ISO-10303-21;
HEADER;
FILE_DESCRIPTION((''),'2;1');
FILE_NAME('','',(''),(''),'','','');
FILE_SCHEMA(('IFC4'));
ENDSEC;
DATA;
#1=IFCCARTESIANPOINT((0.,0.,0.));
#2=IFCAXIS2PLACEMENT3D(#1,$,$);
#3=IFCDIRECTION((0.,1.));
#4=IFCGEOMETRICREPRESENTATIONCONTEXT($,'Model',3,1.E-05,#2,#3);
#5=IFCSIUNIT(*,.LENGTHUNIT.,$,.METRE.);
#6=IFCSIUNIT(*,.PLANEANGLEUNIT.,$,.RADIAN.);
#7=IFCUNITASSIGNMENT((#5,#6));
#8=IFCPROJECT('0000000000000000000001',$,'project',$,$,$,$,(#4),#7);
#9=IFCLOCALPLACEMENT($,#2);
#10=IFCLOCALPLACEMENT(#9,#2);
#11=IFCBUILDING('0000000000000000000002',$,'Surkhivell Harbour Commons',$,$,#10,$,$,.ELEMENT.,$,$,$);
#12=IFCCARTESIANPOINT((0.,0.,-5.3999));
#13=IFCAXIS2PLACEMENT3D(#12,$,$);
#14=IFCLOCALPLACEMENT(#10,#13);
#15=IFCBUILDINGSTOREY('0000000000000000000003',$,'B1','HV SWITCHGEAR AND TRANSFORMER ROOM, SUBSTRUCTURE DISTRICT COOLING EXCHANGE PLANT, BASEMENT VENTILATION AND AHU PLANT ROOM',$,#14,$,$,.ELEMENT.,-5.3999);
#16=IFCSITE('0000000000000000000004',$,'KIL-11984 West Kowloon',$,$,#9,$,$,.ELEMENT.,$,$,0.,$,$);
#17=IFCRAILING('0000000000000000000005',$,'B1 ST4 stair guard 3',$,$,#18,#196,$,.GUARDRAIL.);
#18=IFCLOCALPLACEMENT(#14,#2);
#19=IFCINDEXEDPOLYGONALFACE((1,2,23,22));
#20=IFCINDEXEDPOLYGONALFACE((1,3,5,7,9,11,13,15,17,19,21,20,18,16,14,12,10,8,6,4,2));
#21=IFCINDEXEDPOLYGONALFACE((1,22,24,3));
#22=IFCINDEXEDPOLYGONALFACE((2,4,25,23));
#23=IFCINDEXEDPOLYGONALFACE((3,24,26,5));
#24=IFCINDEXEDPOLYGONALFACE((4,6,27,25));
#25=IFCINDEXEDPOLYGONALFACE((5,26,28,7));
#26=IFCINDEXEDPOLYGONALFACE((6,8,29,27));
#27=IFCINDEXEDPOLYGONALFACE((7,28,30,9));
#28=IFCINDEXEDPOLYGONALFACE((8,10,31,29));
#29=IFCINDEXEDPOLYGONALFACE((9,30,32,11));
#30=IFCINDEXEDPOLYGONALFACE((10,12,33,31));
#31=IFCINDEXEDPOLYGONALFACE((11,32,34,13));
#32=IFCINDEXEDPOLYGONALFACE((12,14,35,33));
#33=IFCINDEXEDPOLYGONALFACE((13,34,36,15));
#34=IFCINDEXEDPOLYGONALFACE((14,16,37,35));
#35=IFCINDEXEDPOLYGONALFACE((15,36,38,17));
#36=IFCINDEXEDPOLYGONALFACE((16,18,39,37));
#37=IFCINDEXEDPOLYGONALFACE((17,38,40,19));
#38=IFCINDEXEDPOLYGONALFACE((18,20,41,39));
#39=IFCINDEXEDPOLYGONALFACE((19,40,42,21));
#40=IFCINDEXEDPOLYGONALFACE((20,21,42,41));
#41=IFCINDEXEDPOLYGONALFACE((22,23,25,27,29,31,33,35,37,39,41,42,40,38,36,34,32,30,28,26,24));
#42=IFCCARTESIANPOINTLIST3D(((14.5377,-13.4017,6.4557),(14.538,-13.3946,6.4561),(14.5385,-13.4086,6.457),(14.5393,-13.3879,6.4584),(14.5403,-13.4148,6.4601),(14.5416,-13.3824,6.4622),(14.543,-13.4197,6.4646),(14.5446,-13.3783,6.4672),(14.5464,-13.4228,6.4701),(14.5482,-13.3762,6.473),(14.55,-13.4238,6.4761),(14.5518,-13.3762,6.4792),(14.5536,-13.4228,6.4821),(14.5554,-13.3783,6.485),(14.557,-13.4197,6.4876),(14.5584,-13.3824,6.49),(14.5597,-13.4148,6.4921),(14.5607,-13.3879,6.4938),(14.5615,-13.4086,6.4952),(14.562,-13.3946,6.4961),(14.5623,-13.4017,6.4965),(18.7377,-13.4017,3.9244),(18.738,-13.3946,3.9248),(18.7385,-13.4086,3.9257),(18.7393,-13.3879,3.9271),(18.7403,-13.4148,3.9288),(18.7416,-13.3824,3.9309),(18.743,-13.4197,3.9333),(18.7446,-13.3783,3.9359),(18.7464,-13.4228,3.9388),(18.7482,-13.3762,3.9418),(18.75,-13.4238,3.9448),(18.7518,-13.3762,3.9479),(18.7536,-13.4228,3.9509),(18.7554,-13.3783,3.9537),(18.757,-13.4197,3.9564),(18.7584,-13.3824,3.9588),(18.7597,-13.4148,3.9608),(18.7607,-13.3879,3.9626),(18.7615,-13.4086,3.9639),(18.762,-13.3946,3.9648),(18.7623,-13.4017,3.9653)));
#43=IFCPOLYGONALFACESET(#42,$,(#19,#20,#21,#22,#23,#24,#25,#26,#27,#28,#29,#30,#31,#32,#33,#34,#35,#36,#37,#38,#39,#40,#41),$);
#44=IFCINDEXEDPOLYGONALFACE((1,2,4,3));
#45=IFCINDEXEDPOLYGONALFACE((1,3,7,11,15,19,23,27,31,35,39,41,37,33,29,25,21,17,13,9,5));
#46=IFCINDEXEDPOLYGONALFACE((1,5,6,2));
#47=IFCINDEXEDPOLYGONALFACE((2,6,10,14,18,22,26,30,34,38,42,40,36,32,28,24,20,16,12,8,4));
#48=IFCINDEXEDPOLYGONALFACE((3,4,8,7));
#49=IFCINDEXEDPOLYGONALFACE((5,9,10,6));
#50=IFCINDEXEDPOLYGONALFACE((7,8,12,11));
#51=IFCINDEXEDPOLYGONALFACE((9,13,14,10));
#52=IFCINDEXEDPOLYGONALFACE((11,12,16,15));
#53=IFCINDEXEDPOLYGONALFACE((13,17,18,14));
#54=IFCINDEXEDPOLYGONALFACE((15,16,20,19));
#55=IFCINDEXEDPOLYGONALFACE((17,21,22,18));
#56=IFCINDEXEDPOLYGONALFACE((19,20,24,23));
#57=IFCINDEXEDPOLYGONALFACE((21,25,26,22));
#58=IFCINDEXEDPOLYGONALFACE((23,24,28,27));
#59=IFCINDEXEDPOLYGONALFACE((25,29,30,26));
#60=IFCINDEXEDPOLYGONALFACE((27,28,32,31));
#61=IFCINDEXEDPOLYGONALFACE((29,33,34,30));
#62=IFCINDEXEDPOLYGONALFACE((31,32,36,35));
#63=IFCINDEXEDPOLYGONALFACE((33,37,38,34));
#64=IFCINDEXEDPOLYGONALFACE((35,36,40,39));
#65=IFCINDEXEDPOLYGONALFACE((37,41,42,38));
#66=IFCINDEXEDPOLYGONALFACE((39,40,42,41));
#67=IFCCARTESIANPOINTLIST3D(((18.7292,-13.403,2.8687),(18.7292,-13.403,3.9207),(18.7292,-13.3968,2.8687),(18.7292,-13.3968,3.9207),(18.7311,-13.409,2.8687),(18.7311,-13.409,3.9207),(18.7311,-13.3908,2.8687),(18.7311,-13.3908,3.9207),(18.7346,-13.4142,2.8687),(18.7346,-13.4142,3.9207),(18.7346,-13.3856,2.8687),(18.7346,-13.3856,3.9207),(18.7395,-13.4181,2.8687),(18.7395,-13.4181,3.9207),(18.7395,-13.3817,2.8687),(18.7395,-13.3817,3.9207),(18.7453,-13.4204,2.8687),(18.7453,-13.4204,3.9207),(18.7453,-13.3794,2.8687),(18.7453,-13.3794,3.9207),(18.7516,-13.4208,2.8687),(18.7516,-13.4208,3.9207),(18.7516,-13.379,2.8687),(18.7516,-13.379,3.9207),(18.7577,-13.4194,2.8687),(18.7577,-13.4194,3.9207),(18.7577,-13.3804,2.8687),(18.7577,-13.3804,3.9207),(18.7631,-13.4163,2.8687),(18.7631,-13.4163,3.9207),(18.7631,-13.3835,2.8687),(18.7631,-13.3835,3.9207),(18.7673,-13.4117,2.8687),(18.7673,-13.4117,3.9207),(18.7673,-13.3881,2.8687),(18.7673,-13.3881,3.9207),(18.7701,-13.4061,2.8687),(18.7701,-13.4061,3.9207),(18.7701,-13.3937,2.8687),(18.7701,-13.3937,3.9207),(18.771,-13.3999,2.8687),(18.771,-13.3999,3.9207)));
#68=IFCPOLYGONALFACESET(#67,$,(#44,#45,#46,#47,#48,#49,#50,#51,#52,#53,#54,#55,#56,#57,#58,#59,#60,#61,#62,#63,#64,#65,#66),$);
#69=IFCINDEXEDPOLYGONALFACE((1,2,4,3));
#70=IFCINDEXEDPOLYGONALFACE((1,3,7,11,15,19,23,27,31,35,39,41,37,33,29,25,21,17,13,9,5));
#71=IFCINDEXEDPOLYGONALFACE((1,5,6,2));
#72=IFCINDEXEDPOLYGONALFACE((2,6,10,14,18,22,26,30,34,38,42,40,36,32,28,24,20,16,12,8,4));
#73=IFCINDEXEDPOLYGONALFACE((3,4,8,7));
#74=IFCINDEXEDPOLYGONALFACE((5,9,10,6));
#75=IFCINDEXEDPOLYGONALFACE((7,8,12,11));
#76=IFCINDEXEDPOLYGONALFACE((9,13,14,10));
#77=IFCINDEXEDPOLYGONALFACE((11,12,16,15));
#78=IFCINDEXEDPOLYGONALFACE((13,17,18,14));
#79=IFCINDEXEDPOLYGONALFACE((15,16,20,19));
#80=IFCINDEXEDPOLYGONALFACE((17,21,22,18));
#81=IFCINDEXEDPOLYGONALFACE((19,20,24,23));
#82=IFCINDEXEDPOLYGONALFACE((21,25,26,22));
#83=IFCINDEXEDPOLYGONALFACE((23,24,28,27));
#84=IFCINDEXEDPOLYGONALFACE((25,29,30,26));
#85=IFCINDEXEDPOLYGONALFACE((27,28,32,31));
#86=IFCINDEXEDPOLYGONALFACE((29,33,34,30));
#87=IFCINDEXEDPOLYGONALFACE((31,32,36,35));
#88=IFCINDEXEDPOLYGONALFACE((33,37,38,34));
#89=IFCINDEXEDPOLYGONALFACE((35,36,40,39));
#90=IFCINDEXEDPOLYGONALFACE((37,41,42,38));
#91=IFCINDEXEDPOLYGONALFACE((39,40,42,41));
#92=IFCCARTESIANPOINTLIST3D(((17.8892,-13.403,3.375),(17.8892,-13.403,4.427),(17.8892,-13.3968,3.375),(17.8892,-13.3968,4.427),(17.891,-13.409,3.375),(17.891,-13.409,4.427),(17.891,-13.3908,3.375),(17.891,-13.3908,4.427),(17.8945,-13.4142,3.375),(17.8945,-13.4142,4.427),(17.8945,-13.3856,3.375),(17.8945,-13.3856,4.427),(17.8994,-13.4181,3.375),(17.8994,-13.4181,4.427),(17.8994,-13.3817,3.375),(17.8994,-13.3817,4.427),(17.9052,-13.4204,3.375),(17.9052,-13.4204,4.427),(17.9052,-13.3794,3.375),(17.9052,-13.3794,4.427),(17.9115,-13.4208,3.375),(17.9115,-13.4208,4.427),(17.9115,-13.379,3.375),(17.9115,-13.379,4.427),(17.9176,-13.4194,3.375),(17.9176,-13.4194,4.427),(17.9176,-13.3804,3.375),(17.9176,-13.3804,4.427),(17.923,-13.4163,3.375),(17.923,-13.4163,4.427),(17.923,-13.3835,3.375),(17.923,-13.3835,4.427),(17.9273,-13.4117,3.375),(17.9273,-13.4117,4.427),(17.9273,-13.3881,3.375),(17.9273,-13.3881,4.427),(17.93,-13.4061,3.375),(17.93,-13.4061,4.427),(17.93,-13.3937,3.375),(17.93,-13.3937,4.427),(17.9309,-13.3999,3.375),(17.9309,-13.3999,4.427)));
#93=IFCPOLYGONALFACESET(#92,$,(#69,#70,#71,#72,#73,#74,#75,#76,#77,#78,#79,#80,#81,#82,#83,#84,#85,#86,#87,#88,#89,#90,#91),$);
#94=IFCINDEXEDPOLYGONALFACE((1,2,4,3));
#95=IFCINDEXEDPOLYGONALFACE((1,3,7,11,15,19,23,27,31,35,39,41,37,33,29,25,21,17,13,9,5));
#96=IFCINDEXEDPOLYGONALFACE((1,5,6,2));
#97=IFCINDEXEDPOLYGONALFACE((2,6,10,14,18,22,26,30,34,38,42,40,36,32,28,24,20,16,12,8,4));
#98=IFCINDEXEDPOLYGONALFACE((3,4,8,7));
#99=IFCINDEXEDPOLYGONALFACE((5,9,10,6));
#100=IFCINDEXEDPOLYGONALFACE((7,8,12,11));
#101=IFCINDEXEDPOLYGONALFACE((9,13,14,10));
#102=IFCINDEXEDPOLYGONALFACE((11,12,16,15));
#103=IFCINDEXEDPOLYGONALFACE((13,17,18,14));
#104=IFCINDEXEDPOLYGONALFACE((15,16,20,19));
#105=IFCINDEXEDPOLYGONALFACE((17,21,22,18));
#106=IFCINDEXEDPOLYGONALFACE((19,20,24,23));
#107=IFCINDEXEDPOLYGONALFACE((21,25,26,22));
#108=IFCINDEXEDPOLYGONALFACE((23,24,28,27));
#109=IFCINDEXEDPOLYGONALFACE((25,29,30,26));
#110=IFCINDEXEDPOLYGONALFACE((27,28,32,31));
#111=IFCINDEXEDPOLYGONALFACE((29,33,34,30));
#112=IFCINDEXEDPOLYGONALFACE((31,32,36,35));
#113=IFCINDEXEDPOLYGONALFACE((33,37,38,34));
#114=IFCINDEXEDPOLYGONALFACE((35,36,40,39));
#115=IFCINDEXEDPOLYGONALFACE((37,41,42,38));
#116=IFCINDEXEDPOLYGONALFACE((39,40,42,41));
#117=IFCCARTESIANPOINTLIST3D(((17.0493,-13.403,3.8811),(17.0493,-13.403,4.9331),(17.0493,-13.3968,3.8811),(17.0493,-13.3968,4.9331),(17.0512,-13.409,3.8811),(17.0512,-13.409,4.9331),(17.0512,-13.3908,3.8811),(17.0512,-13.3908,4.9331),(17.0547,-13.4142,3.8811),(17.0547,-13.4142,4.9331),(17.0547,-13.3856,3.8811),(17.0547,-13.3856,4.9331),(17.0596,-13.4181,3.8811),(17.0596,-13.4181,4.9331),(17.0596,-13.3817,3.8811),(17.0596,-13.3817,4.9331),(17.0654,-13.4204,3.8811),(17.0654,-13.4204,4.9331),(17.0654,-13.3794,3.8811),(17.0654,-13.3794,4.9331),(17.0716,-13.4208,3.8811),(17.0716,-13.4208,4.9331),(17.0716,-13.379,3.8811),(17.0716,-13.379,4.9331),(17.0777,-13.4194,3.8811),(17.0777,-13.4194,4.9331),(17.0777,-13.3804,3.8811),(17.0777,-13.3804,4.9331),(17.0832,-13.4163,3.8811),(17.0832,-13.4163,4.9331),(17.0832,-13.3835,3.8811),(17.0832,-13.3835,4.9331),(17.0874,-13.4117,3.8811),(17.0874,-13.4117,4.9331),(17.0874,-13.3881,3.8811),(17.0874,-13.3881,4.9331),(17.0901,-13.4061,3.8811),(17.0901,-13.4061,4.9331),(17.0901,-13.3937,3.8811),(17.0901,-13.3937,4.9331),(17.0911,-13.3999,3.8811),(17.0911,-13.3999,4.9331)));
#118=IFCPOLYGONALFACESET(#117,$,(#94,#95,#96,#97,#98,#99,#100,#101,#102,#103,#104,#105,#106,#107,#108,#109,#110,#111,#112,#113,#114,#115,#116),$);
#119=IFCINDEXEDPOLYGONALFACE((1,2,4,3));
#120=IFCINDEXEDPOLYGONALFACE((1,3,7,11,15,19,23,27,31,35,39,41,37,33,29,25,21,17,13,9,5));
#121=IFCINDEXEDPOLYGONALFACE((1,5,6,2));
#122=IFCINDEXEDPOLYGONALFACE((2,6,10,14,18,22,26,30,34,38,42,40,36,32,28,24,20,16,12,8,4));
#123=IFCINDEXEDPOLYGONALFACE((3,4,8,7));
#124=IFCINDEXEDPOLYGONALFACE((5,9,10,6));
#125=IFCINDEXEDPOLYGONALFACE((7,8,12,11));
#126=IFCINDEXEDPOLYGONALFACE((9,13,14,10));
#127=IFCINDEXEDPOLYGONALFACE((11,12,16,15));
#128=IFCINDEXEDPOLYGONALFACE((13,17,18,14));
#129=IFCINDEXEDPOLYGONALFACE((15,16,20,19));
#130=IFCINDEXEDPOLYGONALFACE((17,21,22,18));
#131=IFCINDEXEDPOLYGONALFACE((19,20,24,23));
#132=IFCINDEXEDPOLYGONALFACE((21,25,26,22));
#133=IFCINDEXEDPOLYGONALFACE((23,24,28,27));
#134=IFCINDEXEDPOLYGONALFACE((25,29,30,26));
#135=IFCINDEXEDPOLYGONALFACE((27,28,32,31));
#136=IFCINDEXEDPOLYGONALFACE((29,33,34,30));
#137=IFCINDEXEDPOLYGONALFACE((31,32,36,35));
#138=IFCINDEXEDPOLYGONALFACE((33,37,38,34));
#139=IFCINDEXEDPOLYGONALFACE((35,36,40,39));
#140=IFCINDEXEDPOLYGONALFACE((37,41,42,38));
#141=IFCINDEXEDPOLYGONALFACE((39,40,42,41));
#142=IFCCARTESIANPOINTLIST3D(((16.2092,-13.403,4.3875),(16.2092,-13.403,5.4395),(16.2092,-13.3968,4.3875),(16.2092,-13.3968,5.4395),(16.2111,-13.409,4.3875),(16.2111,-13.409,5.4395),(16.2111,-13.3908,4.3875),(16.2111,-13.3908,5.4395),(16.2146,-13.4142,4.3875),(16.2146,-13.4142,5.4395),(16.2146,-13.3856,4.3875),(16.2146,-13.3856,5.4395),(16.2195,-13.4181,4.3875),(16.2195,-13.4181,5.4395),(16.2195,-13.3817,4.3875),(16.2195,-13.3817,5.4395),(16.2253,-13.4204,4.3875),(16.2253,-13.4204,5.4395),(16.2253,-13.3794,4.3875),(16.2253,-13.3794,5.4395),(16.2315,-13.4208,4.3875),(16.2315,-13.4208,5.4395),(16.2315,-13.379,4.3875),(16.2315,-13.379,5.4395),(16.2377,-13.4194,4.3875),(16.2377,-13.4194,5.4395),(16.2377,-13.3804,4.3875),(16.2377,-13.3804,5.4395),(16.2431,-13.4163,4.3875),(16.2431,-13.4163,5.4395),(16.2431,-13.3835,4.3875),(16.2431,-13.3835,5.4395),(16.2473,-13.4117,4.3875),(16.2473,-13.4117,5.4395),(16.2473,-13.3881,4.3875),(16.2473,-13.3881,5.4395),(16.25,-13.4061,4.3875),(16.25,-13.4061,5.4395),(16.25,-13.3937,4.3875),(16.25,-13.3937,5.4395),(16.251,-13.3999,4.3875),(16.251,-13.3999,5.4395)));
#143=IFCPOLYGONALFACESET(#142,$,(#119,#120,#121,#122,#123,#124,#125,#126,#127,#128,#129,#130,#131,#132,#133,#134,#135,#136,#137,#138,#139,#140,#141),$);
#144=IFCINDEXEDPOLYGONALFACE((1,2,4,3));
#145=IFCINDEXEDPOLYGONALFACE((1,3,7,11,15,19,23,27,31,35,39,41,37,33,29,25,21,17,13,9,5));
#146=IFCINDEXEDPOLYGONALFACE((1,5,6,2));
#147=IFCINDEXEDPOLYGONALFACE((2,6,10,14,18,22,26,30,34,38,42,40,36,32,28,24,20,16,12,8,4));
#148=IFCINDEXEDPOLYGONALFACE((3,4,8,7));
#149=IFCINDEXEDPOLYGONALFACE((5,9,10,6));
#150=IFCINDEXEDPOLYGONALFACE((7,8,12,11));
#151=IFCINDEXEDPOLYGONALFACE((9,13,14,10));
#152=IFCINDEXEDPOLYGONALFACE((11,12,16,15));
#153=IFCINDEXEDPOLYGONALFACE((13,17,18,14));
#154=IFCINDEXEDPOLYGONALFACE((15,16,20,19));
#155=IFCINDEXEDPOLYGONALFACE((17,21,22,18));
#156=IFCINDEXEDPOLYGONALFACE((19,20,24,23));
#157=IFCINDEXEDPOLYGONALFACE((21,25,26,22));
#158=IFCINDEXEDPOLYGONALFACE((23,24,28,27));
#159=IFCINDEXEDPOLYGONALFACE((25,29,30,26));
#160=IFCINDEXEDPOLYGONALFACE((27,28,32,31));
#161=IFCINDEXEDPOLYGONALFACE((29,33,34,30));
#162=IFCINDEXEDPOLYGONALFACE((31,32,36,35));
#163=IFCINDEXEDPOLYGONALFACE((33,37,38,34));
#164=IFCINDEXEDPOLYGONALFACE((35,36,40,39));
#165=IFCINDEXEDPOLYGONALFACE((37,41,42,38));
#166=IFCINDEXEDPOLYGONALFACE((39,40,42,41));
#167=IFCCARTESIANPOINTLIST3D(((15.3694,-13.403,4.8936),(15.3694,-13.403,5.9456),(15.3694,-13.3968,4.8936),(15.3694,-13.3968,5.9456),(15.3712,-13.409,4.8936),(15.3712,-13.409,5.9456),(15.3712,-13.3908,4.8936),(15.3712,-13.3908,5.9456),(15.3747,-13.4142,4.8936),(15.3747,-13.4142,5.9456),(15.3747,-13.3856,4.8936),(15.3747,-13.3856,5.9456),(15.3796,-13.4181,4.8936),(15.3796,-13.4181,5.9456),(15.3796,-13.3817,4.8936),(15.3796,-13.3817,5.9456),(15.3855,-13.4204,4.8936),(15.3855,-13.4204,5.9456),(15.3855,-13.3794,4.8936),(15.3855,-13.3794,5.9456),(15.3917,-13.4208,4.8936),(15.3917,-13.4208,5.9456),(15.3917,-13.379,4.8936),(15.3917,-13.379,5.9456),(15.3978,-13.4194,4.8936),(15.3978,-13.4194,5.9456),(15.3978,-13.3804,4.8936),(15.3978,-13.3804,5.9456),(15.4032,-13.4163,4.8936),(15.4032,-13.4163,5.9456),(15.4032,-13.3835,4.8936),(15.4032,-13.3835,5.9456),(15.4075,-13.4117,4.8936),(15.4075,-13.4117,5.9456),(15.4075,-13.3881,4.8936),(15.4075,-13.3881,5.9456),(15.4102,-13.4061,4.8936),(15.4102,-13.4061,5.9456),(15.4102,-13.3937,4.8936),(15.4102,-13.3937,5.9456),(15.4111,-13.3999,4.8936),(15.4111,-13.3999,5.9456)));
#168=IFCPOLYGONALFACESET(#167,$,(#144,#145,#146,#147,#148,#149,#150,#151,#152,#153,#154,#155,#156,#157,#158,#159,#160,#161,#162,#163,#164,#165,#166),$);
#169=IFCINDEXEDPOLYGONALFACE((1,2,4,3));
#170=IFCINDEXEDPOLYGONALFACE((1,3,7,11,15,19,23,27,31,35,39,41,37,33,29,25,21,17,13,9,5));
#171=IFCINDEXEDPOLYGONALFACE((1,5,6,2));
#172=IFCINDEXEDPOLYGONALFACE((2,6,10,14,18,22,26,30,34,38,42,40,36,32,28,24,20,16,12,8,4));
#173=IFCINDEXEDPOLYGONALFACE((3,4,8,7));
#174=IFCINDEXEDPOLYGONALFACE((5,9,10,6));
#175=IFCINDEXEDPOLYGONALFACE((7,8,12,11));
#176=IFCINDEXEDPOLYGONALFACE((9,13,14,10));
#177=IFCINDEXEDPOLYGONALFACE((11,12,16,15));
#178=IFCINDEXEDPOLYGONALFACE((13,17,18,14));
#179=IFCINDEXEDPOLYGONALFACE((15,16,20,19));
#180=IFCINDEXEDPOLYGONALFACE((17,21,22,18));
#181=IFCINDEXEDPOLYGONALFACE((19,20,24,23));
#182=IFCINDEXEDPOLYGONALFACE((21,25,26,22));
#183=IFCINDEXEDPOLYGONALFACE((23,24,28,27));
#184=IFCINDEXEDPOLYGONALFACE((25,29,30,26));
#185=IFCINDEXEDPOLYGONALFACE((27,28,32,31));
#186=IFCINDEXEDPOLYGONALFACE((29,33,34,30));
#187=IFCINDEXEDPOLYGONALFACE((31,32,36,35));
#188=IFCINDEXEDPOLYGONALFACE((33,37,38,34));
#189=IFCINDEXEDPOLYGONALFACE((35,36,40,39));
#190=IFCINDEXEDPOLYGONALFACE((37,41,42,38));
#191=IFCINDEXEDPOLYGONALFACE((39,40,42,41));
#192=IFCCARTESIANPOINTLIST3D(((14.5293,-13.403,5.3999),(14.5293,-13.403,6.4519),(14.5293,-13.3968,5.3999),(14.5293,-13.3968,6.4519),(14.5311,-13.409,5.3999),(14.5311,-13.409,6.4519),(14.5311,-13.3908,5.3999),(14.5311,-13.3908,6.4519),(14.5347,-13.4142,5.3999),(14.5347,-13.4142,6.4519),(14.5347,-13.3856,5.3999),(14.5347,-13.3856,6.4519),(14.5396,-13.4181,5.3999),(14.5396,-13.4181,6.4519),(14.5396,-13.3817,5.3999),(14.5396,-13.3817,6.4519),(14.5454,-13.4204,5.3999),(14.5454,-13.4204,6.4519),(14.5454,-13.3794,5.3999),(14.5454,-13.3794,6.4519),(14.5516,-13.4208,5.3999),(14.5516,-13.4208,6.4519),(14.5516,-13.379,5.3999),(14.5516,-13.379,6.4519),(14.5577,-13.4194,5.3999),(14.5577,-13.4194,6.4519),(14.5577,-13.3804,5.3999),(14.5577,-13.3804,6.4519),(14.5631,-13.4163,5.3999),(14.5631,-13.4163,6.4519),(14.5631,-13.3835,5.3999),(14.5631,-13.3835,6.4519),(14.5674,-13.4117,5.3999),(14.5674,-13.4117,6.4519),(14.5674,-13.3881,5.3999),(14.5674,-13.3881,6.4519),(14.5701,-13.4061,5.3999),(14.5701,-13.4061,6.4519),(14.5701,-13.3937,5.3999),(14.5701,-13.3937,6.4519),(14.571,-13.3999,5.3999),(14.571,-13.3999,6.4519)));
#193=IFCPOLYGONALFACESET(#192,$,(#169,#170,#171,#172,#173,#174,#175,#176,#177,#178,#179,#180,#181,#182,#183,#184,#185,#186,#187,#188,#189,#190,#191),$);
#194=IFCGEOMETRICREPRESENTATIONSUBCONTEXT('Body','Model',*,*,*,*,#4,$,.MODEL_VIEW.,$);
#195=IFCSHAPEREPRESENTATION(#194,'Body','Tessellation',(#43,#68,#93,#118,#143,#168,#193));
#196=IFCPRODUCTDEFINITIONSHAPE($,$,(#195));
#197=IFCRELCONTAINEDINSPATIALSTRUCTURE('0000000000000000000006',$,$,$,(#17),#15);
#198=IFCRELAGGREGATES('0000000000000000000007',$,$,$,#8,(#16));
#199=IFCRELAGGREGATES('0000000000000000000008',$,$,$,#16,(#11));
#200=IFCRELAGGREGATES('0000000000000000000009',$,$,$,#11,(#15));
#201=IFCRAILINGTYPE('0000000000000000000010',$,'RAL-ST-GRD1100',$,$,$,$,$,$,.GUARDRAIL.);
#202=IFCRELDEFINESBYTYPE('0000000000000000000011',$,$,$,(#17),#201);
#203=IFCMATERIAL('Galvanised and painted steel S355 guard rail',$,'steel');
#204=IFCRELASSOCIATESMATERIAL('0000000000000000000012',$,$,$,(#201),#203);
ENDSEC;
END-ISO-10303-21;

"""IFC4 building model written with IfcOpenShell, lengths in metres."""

from ifc_helpers import new_model, si_unit, direction, frame, origin, origin_2d, place, context, subcontext, project, spatial, circle, extrude, material, type_object, element, save


model = new_model("IFC4")

# Units and contexts
model_context = context("Model", 3, precision=1e-05, world=origin(), true_north=direction((0.0, 1.0)))
body_context = subcontext(model_context, "Body", "Model", "MODEL_VIEW")
ifc_project = project(units=[si_unit("LENGTHUNIT", "METRE"), si_unit("PLANEANGLEUNIT", "RADIAN")], contexts=[model_context])

# Site, building, storey
site_placement = place(None, origin())
site = spatial("IfcSite", under=ifc_project, at=site_placement, Name="KIL-11984 West Kowloon", CompositionType="ELEMENT", RefElevation=0.0)
building_placement = place(site_placement, origin())
building = spatial("IfcBuilding", under=site, at=building_placement, Name="Surkhivell Harbour Commons", CompositionType="ELEMENT")
storey_placement = place(building_placement, frame((0.0, 0.0, -5.3999)))
storey = spatial("IfcBuildingStorey", under=building, at=storey_placement, Name="B1", Description="HV SWITCHGEAR AND TRANSFORMER ROOM, SUBSTRUCTURE DISTRICT COOLING EXCHANGE PLANT, BASEMENT VENTILATION AND AHU PLANT ROOM", CompositionType="ELEMENT", Elevation=-5.3999)

# Railing
ifc_material_1 = material(Name="Galvanised and painted steel S355 guard rail", Category="steel")
railing_type_1 = type_object("IfcRailingType", Name="RAL-ST-GRD1100", PredefinedType="GUARDRAIL", material=ifc_material_1)
railing_1_placement = place(storey_placement, frame((18.75, -13.3999, 2.8687)))
element("IfcRailing", 1, at=railing_1_placement, inside=storey, type_object=railing_type_1, Name="B1 ST4 stair guard 3", PredefinedType="GUARDRAIL", context=body_context, shape_type="SweptSolid", body=[
    extrude(circle(Radius=0.0239, at=origin_2d()), frame((0.0, 0.0, 1.0762), z_axis=(-0.856476, 0.0, 0.516186), x_axis=(0.0, -1.0, 0.0)), (0.0, 0.0, 1.0), 4.9038),
    extrude(circle(Radius=0.021, at=origin_2d()), origin(), (0.0, 0.0, 1.0), 1.052),
    extrude(circle(Radius=0.021, at=origin_2d()), frame((-0.8401, 0.0, 0.5063)), (0.0, 0.0, 1.0), 1.052),
    extrude(circle(Radius=0.021, at=origin_2d()), frame((-1.6799, 0.0, 1.0125)), (0.0, 0.0, 1.0), 1.052),
    extrude(circle(Radius=0.021, at=origin_2d()), frame((-2.52, 0.0, 1.5188)), (0.0, 0.0, 1.0), 1.052),
    extrude(circle(Radius=0.021, at=origin_2d()), frame((-3.3599, 0.0, 2.0249)), (0.0, 0.0, 1.0), 1.052),
    extrude(circle(Radius=0.021, at=origin_2d()), frame((-4.2, 0.0, 2.5312)), (0.0, 0.0, 1.0), 1.052),
])

save(model, "model.ifc")
